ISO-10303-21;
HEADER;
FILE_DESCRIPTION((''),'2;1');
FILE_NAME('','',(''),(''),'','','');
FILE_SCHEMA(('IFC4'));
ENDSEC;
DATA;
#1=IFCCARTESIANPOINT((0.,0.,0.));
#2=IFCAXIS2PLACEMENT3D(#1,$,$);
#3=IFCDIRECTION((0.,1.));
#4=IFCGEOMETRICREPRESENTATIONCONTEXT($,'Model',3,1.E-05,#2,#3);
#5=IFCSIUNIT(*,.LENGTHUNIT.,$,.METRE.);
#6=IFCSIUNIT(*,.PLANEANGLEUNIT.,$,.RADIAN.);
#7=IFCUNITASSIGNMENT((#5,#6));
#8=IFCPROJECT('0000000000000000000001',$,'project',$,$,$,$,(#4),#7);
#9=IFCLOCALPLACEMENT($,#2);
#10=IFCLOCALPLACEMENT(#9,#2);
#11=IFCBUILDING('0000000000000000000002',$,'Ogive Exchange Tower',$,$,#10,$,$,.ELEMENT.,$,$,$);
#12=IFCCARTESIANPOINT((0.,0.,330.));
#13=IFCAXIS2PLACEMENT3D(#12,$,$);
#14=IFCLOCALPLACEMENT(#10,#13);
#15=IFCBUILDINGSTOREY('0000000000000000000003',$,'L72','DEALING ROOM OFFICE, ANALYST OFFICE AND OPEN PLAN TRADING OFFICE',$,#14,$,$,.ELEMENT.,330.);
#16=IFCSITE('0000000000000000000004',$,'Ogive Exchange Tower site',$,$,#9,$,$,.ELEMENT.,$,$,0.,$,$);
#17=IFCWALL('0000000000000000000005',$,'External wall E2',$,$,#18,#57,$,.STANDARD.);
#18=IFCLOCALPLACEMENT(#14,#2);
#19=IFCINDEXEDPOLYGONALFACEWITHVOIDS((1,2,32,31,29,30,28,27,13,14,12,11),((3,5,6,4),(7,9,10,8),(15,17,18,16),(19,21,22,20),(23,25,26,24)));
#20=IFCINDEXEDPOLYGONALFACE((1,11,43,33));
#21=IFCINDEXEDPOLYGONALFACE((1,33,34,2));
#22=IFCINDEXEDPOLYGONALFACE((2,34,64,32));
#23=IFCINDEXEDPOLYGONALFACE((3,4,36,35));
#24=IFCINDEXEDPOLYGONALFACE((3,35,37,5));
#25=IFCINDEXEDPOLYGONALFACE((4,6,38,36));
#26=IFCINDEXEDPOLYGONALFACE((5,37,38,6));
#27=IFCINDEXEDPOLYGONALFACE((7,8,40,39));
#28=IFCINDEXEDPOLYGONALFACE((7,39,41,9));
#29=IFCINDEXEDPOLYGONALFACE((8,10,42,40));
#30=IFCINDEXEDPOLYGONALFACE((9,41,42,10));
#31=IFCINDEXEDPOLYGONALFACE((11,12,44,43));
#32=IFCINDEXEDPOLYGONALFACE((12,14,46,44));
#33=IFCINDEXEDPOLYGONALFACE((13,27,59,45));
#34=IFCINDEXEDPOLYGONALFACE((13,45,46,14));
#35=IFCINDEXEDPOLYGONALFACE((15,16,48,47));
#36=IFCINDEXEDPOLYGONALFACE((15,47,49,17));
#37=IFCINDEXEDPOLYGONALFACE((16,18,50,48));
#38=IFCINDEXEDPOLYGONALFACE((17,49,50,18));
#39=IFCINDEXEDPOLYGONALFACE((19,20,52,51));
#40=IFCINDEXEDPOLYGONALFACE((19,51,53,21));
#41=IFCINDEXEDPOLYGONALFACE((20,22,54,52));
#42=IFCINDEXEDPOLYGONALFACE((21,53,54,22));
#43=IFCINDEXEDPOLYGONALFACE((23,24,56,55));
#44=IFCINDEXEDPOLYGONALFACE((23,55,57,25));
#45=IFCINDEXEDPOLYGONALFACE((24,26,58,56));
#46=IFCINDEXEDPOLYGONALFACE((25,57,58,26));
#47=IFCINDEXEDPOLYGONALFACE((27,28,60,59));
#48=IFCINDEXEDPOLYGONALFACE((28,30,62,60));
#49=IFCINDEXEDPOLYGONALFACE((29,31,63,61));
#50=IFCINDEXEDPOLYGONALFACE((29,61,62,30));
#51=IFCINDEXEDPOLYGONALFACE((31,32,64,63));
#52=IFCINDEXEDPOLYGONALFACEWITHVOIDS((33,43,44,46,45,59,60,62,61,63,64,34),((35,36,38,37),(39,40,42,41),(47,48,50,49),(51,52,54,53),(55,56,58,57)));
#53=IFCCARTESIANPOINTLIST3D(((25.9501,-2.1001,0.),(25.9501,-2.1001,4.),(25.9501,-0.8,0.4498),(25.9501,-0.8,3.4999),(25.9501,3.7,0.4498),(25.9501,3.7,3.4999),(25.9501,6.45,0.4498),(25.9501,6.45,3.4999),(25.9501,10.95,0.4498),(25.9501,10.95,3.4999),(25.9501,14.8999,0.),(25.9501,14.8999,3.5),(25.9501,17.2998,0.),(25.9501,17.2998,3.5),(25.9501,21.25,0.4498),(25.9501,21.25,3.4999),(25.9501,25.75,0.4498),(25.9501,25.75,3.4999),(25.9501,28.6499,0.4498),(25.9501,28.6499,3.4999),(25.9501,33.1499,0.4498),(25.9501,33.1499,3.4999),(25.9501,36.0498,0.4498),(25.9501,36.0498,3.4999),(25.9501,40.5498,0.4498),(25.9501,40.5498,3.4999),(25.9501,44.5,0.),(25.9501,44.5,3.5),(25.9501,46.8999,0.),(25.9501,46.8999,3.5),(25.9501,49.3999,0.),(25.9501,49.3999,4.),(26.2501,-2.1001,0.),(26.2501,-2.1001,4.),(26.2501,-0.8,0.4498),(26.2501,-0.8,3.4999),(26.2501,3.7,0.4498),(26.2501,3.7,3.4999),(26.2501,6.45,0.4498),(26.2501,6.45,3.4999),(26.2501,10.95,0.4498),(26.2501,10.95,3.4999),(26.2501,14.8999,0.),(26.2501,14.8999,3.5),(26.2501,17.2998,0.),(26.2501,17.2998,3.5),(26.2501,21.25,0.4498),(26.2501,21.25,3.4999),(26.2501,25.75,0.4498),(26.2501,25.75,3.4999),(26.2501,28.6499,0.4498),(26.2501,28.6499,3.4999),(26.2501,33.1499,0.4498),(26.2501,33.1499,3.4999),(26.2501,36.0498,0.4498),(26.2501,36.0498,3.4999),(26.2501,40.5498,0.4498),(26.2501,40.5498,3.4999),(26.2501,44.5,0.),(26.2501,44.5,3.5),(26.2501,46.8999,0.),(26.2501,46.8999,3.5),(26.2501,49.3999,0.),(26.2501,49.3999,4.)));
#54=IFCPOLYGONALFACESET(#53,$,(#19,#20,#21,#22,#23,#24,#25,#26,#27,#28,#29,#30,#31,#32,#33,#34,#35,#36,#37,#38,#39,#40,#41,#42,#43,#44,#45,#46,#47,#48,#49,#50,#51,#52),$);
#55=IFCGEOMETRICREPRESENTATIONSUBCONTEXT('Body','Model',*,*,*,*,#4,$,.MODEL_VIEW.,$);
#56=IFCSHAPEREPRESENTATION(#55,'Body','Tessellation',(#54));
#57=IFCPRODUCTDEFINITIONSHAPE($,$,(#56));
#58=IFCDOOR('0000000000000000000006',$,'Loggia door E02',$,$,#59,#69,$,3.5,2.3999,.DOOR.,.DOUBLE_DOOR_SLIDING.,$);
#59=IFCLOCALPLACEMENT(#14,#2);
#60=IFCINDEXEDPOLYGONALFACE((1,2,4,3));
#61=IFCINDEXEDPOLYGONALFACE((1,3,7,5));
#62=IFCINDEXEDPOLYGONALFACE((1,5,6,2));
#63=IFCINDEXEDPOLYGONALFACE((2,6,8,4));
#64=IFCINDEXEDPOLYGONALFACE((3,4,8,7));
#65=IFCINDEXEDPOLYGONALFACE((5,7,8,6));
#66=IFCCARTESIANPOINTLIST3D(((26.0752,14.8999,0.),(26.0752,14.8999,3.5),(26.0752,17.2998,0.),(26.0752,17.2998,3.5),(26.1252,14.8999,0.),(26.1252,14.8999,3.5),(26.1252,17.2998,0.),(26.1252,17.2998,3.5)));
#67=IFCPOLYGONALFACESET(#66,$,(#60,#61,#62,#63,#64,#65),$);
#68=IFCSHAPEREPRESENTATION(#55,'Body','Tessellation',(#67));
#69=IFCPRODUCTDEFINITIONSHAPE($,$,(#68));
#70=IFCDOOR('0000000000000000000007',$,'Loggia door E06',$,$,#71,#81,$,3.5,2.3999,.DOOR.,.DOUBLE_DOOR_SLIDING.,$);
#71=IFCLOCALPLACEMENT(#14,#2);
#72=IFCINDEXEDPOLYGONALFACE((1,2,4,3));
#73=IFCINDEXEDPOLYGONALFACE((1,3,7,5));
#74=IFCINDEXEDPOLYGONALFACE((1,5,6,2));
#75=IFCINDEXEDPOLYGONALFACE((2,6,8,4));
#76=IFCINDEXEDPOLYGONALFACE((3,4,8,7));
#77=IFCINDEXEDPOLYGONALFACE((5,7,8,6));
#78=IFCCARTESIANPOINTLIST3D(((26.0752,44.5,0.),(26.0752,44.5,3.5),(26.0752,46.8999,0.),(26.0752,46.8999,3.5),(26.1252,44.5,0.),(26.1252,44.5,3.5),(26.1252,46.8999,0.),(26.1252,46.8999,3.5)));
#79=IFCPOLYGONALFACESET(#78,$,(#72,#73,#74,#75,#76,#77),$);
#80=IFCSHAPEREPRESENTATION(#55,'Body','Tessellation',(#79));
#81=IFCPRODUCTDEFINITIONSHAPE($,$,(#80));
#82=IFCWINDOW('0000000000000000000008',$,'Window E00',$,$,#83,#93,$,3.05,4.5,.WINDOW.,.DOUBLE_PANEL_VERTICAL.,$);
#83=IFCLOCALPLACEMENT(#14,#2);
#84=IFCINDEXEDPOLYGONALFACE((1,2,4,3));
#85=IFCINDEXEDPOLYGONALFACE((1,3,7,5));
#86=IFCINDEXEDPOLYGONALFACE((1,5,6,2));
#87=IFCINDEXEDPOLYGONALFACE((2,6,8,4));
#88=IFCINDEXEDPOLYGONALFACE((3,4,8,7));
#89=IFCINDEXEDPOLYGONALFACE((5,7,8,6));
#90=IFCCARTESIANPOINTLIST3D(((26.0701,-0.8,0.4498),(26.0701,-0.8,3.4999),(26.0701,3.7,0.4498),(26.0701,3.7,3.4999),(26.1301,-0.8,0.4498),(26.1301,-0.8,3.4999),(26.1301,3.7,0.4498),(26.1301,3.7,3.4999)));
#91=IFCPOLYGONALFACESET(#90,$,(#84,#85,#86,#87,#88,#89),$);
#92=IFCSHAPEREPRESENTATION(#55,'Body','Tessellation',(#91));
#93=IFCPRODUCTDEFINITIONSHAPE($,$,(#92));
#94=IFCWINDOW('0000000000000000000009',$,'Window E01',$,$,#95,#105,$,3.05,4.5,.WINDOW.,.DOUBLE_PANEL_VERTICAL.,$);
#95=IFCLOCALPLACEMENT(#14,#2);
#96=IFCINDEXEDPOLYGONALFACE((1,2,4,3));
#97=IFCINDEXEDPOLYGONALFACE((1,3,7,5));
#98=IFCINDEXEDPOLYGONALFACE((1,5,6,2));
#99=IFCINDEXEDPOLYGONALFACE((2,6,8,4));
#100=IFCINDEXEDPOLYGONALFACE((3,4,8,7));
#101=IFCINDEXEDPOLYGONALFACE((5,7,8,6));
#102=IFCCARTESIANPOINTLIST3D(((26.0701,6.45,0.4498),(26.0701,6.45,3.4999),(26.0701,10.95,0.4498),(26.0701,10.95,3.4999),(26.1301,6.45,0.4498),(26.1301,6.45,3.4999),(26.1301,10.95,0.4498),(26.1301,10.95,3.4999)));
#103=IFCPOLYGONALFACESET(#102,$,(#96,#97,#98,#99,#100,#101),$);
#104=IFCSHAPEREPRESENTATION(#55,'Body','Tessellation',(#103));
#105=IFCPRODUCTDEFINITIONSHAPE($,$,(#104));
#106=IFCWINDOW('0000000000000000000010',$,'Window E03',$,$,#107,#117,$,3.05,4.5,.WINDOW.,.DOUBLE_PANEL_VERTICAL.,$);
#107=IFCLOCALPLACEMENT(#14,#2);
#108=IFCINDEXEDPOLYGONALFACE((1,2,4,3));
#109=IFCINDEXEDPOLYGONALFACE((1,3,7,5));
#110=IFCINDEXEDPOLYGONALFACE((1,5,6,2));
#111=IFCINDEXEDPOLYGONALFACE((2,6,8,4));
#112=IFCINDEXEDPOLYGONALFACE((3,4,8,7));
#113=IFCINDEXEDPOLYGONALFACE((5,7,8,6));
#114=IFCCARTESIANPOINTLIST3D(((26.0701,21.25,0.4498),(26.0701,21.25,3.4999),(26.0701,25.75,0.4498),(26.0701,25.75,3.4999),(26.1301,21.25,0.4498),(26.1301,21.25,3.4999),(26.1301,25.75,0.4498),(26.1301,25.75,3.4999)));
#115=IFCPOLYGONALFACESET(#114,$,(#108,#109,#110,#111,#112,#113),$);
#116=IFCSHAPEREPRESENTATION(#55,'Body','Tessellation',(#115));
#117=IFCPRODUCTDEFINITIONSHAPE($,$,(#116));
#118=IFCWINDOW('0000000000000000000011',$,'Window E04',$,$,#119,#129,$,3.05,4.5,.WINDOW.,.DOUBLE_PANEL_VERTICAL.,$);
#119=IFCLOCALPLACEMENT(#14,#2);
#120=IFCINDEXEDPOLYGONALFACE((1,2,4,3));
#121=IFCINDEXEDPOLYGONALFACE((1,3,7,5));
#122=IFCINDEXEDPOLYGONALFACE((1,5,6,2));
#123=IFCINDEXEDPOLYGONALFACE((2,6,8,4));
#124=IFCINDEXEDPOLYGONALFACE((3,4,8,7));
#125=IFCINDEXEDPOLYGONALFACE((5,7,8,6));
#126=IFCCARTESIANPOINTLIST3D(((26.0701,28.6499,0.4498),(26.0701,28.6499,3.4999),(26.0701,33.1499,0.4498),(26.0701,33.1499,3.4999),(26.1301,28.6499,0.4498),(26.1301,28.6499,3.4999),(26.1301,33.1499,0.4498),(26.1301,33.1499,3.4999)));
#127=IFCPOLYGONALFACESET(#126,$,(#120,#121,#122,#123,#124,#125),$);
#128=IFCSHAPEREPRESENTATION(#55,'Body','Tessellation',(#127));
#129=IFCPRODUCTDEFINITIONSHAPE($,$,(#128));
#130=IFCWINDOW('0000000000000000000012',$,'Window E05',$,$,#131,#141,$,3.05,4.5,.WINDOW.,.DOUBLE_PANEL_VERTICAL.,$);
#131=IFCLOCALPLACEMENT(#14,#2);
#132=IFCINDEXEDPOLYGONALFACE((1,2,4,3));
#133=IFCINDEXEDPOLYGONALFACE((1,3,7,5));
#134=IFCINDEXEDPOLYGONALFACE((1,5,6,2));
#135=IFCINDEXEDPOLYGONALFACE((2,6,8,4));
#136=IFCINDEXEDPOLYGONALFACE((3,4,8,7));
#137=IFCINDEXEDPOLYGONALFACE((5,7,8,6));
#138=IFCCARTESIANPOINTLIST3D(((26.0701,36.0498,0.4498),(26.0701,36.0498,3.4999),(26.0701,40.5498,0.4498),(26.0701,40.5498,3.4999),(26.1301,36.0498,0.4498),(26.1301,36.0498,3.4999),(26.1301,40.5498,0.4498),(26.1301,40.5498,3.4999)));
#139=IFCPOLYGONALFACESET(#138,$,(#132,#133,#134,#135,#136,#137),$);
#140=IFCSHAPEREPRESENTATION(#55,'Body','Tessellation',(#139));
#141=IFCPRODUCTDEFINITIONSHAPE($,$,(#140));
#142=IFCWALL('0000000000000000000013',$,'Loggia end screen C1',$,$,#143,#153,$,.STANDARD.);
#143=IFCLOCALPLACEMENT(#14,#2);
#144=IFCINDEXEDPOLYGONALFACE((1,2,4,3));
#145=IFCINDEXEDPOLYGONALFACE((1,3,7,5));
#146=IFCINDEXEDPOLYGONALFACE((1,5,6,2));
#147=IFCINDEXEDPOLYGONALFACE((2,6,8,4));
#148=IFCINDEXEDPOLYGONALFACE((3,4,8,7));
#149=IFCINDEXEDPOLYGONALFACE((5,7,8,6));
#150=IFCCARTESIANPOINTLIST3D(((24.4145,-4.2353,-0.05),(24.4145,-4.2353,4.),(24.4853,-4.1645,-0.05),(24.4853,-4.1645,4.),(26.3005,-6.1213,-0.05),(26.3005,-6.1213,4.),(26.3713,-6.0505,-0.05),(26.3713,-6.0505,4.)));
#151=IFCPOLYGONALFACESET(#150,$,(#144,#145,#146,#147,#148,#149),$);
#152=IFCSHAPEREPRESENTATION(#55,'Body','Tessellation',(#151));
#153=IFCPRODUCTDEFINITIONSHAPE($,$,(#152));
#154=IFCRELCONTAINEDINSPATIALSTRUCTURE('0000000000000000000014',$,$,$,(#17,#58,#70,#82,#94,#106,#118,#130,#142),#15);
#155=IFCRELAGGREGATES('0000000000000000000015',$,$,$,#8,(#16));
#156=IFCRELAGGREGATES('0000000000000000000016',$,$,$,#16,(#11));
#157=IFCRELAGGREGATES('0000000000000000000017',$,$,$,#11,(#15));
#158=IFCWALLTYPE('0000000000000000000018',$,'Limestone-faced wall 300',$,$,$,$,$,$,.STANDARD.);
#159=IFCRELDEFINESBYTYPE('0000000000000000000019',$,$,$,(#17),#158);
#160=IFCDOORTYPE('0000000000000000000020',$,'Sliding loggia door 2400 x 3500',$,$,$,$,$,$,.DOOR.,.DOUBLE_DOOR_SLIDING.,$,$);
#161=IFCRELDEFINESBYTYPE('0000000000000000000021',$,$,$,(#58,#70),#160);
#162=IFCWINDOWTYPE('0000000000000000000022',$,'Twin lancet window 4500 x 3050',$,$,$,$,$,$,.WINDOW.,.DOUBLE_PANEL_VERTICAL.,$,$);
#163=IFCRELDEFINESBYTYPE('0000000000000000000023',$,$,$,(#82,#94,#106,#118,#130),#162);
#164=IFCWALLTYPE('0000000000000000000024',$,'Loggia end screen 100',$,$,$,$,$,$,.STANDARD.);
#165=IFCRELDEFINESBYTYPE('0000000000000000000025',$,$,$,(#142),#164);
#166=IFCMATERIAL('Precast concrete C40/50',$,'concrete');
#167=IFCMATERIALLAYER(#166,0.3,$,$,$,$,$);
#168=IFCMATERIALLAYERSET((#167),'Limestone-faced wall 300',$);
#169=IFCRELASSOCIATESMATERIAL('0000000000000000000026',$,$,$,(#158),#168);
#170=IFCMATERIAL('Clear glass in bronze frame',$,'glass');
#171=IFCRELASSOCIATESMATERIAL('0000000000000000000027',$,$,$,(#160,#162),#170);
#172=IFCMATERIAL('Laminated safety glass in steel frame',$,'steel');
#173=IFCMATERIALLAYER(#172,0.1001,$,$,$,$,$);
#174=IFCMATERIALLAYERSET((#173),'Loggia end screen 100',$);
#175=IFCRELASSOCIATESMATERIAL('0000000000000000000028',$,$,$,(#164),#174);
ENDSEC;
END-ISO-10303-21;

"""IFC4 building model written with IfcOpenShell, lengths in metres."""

from ifc_helpers import new_model, si_unit, direction, frame, frame_2d, origin, place, context, subcontext, project, spatial, rectangle, extrude, material, layer, layer_set, type_object, element, fill, save


model = new_model("IFC4")

# Units and contexts
model_context = context("Model", 3, precision=1e-05, world=origin(), true_north=direction((0.0, 1.0)))
body_context = subcontext(model_context, "Body", "Model", "MODEL_VIEW")
ifc_project = project(units=[si_unit("LENGTHUNIT", "METRE"), si_unit("PLANEANGLEUNIT", "RADIAN")], contexts=[model_context])

# Site, building, storey
site_placement = place(None, origin())
site = spatial("IfcSite", under=ifc_project, at=site_placement, Name="Ogive Exchange Tower site", CompositionType="ELEMENT", RefElevation=0.0)
building_placement = place(site_placement, origin())
building = spatial("IfcBuilding", under=site, at=building_placement, Name="Ogive Exchange Tower", CompositionType="ELEMENT")
storey_placement = place(building_placement, frame((0.0, 0.0, 330.0)))
storey = spatial("IfcBuildingStorey", under=building, at=storey_placement, Name="L72", Description="DEALING ROOM OFFICE, ANALYST OFFICE AND OPEN PLAN TRADING OFFICE", CompositionType="ELEMENT", Elevation=330.0)

# Wall, openings, doors, windows
ifc_material_1 = material(Name="Precast concrete C40/50", Category="concrete")
ifc_layer_1 = layer(ifc_material_1, 0.3)
ifc_layer_set_1 = layer_set([ifc_layer_1], Name="Limestone-faced wall 300")
wall_type_1 = type_object("IfcWallType", Name="Limestone-faced wall 300", PredefinedType="STANDARD", material=ifc_layer_set_1)
wall_1_placement = place(storey_placement, frame((26.1001, -2.1001, 0.0), z_axis=(0.0, 0.0, 1.0), x_axis=(0.0, 1.0, 0.0)))
wall_1 = element("IfcWall", 1, at=wall_1_placement, inside=storey, type_object=wall_type_1, Name="External wall E2", PredefinedType="STANDARD", context=body_context, shape_type="SweptSolid", body=[
    extrude(rectangle(XDim=51.5, YDim=0.3, at=frame_2d((25.75, 0.0))), origin(), (0.0, 0.0, 1.0), 4.0),
])
opening_1_placement = place(wall_1_placement, frame((1.3, 0.0, 0.45)))
opening_1 = element("IfcOpeningElement", 2, at=opening_1_placement, cuts=wall_1, PredefinedType="OPENING", context=body_context, shape_type="SweptSolid", body=[
    extrude(rectangle(XDim=4.5, YDim=3.05, at=frame_2d((2.25, 1.5249))), frame((0.0, 0.1599, 0.0), z_axis=(0.0, -1.0, 0.0), x_axis=(1.0, 0.0, 0.0)), (0.0, 0.0, 1.0), 0.3201),
])
opening_2_placement = place(wall_1_placement, frame((8.55, 0.0, 0.45)))
opening_2 = element("IfcOpeningElement", 3, at=opening_2_placement, cuts=wall_1, PredefinedType="OPENING", context=body_context, shape_type="SweptSolid", body=[
    extrude(rectangle(XDim=4.5, YDim=3.05, at=frame_2d((2.25, 1.5249))), frame((0.0, 0.1599, 0.0), z_axis=(0.0, -1.0, 0.0), x_axis=(1.0, 0.0, 0.0)), (0.0, 0.0, 1.0), 0.3201),
])
opening_3_placement = place(wall_1_placement, frame((17.0, 0.0, 0.0)))
opening_3 = element("IfcOpeningElement", 4, at=opening_3_placement, cuts=wall_1, PredefinedType="OPENING", context=body_context, shape_type="SweptSolid", body=[
    extrude(rectangle(XDim=2.3999, YDim=3.5, at=frame_2d((1.2, 1.75))), frame((0.0, 0.1599, 0.0), z_axis=(0.0, -1.0, 0.0), x_axis=(1.0, 0.0, 0.0)), (0.0, 0.0, 1.0), 0.3201),
])
opening_4_placement = place(wall_1_placement, frame((23.3501, 0.0, 0.45)))
opening_4 = element("IfcOpeningElement", 5, at=opening_4_placement, cuts=wall_1, PredefinedType="OPENING", context=body_context, shape_type="SweptSolid", body=[
    extrude(rectangle(XDim=4.5, YDim=3.05, at=frame_2d((2.25, 1.5249))), frame((0.0, 0.1599, 0.0), z_axis=(0.0, -1.0, 0.0), x_axis=(1.0, 0.0, 0.0)), (0.0, 0.0, 1.0), 0.3201),
])
opening_5_placement = place(wall_1_placement, frame((30.75, 0.0, 0.45)))
opening_5 = element("IfcOpeningElement", 6, at=opening_5_placement, cuts=wall_1, PredefinedType="OPENING", context=body_context, shape_type="SweptSolid", body=[
    extrude(rectangle(XDim=4.5, YDim=3.05, at=frame_2d((2.25, 1.5249))), frame((0.0, 0.1599, 0.0), z_axis=(0.0, -1.0, 0.0), x_axis=(1.0, 0.0, 0.0)), (0.0, 0.0, 1.0), 0.3201),
])
opening_6_placement = place(wall_1_placement, frame((38.1499, 0.0, 0.45)))
opening_6 = element("IfcOpeningElement", 7, at=opening_6_placement, cuts=wall_1, PredefinedType="OPENING", context=body_context, shape_type="SweptSolid", body=[
    extrude(rectangle(XDim=4.5, YDim=3.05, at=frame_2d((2.25, 1.5249))), frame((0.0, 0.1599, 0.0), z_axis=(0.0, -1.0, 0.0), x_axis=(1.0, 0.0, 0.0)), (0.0, 0.0, 1.0), 0.3201),
])
opening_7_placement = place(wall_1_placement, frame((46.6001, 0.0, 0.0)))
opening_7 = element("IfcOpeningElement", 8, at=opening_7_placement, cuts=wall_1, PredefinedType="OPENING", context=body_context, shape_type="SweptSolid", body=[
    extrude(rectangle(XDim=2.3999, YDim=3.5, at=frame_2d((1.2, 1.75))), frame((0.0, 0.1599, 0.0), z_axis=(0.0, -1.0, 0.0), x_axis=(1.0, 0.0, 0.0)), (0.0, 0.0, 1.0), 0.3201),
])
ifc_material_2 = material(Name="Clear glass in bronze frame", Category="glass")
door_type_1 = type_object("IfcDoorType", Name="Sliding loggia door 2400 x 3500", OperationType="DOUBLE_DOOR_SLIDING", PredefinedType="DOOR", material=ifc_material_2)
door_1_placement = place(opening_3_placement, origin())
door_1 = element("IfcDoor", 9, at=door_1_placement, inside=storey, type_object=door_type_1, Name="Loggia door E02", OperationType="DOUBLE_DOOR_SLIDING", OverallHeight=3.5, OverallWidth=2.3999, PredefinedType="DOOR", context=body_context, shape_type="SweptSolid", body=[
    extrude(rectangle(XDim=2.3999, YDim=3.5, at=frame_2d((1.2, 1.75))), frame((0.0, 0.0249, 0.0), z_axis=(0.0, -1.0, 0.0), x_axis=(1.0, 0.0, 0.0)), (0.0, 0.0, 1.0), 0.05),
])
fill(opening_3, door_1)
door_2_placement = place(opening_7_placement, origin())
door_2 = element("IfcDoor", 10, at=door_2_placement, inside=storey, type_object=door_type_1, Name="Loggia door E06", OperationType="DOUBLE_DOOR_SLIDING", OverallHeight=3.5, OverallWidth=2.3999, PredefinedType="DOOR", context=body_context, shape_type="SweptSolid", body=[
    extrude(rectangle(XDim=2.3999, YDim=3.5, at=frame_2d((1.2, 1.75))), frame((0.0, 0.0249, 0.0), z_axis=(0.0, -1.0, 0.0), x_axis=(1.0, 0.0, 0.0)), (0.0, 0.0, 1.0), 0.05),
])
fill(opening_7, door_2)
window_type = type_object("IfcWindowType", Name="Twin lancet window 4500 x 3050", PartitioningType="DOUBLE_PANEL_VERTICAL", PredefinedType="WINDOW", material=ifc_material_2)
window_1_placement = place(opening_1_placement, origin())
window_1 = element("IfcWindow", 11, at=window_1_placement, inside=storey, type_object=window_type, Name="Window E00", OverallHeight=3.05, OverallWidth=4.5, PartitioningType="DOUBLE_PANEL_VERTICAL", PredefinedType="WINDOW", context=body_context, shape_type="SweptSolid", body=[
    extrude(rectangle(XDim=4.5, YDim=3.05, at=frame_2d((2.25, 1.5249))), frame((0.0, 0.03, 0.0), z_axis=(0.0, -1.0, 0.0), x_axis=(1.0, 0.0, 0.0)), (0.0, 0.0, 1.0), 0.0601),
])
fill(opening_1, window_1)
window_2_placement = place(opening_2_placement, origin())
window_2 = element("IfcWindow", 12, at=window_2_placement, inside=storey, type_object=window_type, Name="Window E01", OverallHeight=3.05, OverallWidth=4.5, PartitioningType="DOUBLE_PANEL_VERTICAL", PredefinedType="WINDOW", context=body_context, shape_type="SweptSolid", body=[
    extrude(rectangle(XDim=4.5, YDim=3.05, at=frame_2d((2.25, 1.5249))), frame((0.0, 0.03, 0.0), z_axis=(0.0, -1.0, 0.0), x_axis=(1.0, 0.0, 0.0)), (0.0, 0.0, 1.0), 0.0601),
])
fill(opening_2, window_2)
window_3_placement = place(opening_4_placement, origin())
window_3 = element("IfcWindow", 13, at=window_3_placement, inside=storey, type_object=window_type, Name="Window E03", OverallHeight=3.05, OverallWidth=4.5, PartitioningType="DOUBLE_PANEL_VERTICAL", PredefinedType="WINDOW", context=body_context, shape_type="SweptSolid", body=[
    extrude(rectangle(XDim=4.5, YDim=3.05, at=frame_2d((2.25, 1.5249))), frame((0.0, 0.03, 0.0), z_axis=(0.0, -1.0, 0.0), x_axis=(1.0, 0.0, 0.0)), (0.0, 0.0, 1.0), 0.0601),
])
fill(opening_4, window_3)
window_4_placement = place(opening_5_placement, origin())
window_4 = element("IfcWindow", 14, at=window_4_placement, inside=storey, type_object=window_type, Name="Window E04", OverallHeight=3.05, OverallWidth=4.5, PartitioningType="DOUBLE_PANEL_VERTICAL", PredefinedType="WINDOW", context=body_context, shape_type="SweptSolid", body=[
    extrude(rectangle(XDim=4.5, YDim=3.05, at=frame_2d((2.25, 1.5249))), frame((0.0, 0.03, 0.0), z_axis=(0.0, -1.0, 0.0), x_axis=(1.0, 0.0, 0.0)), (0.0, 0.0, 1.0), 0.0601),
])
fill(opening_5, window_4)
window_5_placement = place(opening_6_placement, origin())
window_5 = element("IfcWindow", 15, at=window_5_placement, inside=storey, type_object=window_type, Name="Window E05", OverallHeight=3.05, OverallWidth=4.5, PartitioningType="DOUBLE_PANEL_VERTICAL", PredefinedType="WINDOW", context=body_context, shape_type="SweptSolid", body=[
    extrude(rectangle(XDim=4.5, YDim=3.05, at=frame_2d((2.25, 1.5249))), frame((0.0, 0.03, 0.0), z_axis=(0.0, -1.0, 0.0), x_axis=(1.0, 0.0, 0.0)), (0.0, 0.0, 1.0), 0.0601),
])
fill(opening_6, window_5)

# Wall
ifc_material_3 = material(Name="Laminated safety glass in steel frame", Category="steel")
ifc_layer_2 = layer(ifc_material_3, 0.1001)
ifc_layer_set_2 = layer_set([ifc_layer_2], Name="Loggia end screen 100")
wall_type_2 = type_object("IfcWallType", Name="Loggia end screen 100", PredefinedType="STANDARD", material=ifc_layer_set_2)
wall_2_placement = place(storey_placement, frame((24.45, -4.2, -0.05), z_axis=(0.0, 0.0, 1.0), x_axis=(0.707107, -0.707107, 0.0)))
element("IfcWall", 16, at=wall_2_placement, inside=storey, type_object=wall_type_2, Name="Loggia end screen C1", PredefinedType="STANDARD", context=body_context, shape_type="SweptSolid", body=[
    extrude(rectangle(XDim=2.6672, YDim=0.1001, at=frame_2d((1.3335, 0.0))), origin(), (0.0, 0.0, 1.0), 4.05),
])

save(model, "model.ifc")
